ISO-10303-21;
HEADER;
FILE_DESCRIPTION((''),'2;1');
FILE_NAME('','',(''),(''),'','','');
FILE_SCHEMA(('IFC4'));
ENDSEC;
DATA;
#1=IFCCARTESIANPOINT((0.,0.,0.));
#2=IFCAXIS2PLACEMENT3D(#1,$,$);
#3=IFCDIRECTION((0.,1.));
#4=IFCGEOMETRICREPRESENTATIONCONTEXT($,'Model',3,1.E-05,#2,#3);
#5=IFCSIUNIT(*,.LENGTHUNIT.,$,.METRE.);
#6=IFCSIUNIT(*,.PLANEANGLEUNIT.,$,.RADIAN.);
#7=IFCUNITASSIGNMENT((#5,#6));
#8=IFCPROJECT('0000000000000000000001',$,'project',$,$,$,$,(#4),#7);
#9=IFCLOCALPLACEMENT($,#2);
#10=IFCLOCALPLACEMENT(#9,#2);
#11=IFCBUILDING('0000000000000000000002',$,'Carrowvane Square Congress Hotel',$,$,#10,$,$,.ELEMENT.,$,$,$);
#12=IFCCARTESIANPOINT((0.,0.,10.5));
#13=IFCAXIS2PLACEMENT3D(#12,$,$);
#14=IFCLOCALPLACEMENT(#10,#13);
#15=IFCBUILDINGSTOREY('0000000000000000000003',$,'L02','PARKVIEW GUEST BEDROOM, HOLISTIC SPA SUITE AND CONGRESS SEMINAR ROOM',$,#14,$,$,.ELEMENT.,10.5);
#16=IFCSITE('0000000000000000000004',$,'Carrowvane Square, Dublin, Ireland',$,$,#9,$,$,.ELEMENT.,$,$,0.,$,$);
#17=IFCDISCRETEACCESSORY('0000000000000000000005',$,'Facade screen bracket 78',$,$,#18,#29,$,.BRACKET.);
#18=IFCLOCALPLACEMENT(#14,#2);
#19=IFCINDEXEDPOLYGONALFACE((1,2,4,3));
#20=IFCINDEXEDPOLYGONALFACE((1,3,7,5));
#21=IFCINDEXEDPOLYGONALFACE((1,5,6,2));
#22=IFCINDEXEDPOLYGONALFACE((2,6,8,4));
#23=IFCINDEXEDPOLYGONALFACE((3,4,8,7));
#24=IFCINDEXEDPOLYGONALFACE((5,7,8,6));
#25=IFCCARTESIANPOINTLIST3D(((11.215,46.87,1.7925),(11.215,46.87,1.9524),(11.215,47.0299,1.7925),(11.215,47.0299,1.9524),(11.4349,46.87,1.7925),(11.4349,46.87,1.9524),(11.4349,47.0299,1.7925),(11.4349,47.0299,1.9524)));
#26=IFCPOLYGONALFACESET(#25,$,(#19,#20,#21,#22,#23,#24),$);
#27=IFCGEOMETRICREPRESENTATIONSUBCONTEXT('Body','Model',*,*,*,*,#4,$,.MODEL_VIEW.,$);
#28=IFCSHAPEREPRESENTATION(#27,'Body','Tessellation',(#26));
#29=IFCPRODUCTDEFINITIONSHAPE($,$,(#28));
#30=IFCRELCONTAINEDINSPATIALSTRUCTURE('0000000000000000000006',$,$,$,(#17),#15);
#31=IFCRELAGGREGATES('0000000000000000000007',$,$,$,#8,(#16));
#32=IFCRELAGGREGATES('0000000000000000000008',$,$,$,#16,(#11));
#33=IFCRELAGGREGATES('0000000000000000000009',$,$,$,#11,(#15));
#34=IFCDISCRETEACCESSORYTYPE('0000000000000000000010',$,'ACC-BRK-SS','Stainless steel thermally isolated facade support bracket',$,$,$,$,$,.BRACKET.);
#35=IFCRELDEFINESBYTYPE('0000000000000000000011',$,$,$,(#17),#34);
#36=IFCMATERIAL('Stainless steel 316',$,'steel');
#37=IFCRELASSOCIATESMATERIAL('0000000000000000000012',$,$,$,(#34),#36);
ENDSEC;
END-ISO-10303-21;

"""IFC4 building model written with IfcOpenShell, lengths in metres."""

from ifc_helpers import new_model, si_unit, direction, frame, origin, origin_2d, place, context, subcontext, project, spatial, rectangle, extrude, material, type_object, element, save


model = new_model("IFC4")

# Units and contexts
model_context = context("Model", 3, precision=1e-05, world=origin(), true_north=direction((0.0, 1.0)))
body_context = subcontext(model_context, "Body", "Model", "MODEL_VIEW")
ifc_project = project(units=[si_unit("LENGTHUNIT", "METRE"), si_unit("PLANEANGLEUNIT", "RADIAN")], contexts=[model_context])

# Site, building, storey
site_placement = place(None, origin())
site = spatial("IfcSite", under=ifc_project, at=site_placement, Name="Carrowvane Square, Dublin, Ireland", CompositionType="ELEMENT", RefElevation=0.0)
building_placement = place(site_placement, origin())
building = spatial("IfcBuilding", under=site, at=building_placement, Name="Carrowvane Square Congress Hotel", CompositionType="ELEMENT")
storey_placement = place(building_placement, frame((0.0, 0.0, 10.5)))
storey = spatial("IfcBuildingStorey", under=building, at=storey_placement, Name="L02", Description="PARKVIEW GUEST BEDROOM, HOLISTIC SPA SUITE AND CONGRESS SEMINAR ROOM", CompositionType="ELEMENT", Elevation=10.5)

# Discrete accessory
ifc_material_1 = material(Name="Stainless steel 316", Category="steel")
discrete_accessory_type = type_object("IfcDiscreteAccessoryType", Name="ACC-BRK-SS", Description="Stainless steel thermally isolated facade support bracket", PredefinedType="BRACKET", material=ifc_material_1)
for number, where, z_axis, x_axis, name in (
    (1, (11.325, 46.95, 1.7925), (0.0, 0.0, 1.0), (0.0, 1.0, 0.0), "Facade screen bracket 78"),
):
    element("IfcDiscreteAccessory", number, at=place(storey_placement, frame(where, z_axis=z_axis, x_axis=x_axis)), inside=storey, type_object=discrete_accessory_type, Name=name, PredefinedType="BRACKET", context=body_context, shape_type="SweptSolid", body=[
        extrude(rectangle(XDim=0.1599, YDim=0.22, at=origin_2d()), origin(), (0.0, 0.0, 1.0), 0.1599),
    ])

save(model, "model.ifc")
